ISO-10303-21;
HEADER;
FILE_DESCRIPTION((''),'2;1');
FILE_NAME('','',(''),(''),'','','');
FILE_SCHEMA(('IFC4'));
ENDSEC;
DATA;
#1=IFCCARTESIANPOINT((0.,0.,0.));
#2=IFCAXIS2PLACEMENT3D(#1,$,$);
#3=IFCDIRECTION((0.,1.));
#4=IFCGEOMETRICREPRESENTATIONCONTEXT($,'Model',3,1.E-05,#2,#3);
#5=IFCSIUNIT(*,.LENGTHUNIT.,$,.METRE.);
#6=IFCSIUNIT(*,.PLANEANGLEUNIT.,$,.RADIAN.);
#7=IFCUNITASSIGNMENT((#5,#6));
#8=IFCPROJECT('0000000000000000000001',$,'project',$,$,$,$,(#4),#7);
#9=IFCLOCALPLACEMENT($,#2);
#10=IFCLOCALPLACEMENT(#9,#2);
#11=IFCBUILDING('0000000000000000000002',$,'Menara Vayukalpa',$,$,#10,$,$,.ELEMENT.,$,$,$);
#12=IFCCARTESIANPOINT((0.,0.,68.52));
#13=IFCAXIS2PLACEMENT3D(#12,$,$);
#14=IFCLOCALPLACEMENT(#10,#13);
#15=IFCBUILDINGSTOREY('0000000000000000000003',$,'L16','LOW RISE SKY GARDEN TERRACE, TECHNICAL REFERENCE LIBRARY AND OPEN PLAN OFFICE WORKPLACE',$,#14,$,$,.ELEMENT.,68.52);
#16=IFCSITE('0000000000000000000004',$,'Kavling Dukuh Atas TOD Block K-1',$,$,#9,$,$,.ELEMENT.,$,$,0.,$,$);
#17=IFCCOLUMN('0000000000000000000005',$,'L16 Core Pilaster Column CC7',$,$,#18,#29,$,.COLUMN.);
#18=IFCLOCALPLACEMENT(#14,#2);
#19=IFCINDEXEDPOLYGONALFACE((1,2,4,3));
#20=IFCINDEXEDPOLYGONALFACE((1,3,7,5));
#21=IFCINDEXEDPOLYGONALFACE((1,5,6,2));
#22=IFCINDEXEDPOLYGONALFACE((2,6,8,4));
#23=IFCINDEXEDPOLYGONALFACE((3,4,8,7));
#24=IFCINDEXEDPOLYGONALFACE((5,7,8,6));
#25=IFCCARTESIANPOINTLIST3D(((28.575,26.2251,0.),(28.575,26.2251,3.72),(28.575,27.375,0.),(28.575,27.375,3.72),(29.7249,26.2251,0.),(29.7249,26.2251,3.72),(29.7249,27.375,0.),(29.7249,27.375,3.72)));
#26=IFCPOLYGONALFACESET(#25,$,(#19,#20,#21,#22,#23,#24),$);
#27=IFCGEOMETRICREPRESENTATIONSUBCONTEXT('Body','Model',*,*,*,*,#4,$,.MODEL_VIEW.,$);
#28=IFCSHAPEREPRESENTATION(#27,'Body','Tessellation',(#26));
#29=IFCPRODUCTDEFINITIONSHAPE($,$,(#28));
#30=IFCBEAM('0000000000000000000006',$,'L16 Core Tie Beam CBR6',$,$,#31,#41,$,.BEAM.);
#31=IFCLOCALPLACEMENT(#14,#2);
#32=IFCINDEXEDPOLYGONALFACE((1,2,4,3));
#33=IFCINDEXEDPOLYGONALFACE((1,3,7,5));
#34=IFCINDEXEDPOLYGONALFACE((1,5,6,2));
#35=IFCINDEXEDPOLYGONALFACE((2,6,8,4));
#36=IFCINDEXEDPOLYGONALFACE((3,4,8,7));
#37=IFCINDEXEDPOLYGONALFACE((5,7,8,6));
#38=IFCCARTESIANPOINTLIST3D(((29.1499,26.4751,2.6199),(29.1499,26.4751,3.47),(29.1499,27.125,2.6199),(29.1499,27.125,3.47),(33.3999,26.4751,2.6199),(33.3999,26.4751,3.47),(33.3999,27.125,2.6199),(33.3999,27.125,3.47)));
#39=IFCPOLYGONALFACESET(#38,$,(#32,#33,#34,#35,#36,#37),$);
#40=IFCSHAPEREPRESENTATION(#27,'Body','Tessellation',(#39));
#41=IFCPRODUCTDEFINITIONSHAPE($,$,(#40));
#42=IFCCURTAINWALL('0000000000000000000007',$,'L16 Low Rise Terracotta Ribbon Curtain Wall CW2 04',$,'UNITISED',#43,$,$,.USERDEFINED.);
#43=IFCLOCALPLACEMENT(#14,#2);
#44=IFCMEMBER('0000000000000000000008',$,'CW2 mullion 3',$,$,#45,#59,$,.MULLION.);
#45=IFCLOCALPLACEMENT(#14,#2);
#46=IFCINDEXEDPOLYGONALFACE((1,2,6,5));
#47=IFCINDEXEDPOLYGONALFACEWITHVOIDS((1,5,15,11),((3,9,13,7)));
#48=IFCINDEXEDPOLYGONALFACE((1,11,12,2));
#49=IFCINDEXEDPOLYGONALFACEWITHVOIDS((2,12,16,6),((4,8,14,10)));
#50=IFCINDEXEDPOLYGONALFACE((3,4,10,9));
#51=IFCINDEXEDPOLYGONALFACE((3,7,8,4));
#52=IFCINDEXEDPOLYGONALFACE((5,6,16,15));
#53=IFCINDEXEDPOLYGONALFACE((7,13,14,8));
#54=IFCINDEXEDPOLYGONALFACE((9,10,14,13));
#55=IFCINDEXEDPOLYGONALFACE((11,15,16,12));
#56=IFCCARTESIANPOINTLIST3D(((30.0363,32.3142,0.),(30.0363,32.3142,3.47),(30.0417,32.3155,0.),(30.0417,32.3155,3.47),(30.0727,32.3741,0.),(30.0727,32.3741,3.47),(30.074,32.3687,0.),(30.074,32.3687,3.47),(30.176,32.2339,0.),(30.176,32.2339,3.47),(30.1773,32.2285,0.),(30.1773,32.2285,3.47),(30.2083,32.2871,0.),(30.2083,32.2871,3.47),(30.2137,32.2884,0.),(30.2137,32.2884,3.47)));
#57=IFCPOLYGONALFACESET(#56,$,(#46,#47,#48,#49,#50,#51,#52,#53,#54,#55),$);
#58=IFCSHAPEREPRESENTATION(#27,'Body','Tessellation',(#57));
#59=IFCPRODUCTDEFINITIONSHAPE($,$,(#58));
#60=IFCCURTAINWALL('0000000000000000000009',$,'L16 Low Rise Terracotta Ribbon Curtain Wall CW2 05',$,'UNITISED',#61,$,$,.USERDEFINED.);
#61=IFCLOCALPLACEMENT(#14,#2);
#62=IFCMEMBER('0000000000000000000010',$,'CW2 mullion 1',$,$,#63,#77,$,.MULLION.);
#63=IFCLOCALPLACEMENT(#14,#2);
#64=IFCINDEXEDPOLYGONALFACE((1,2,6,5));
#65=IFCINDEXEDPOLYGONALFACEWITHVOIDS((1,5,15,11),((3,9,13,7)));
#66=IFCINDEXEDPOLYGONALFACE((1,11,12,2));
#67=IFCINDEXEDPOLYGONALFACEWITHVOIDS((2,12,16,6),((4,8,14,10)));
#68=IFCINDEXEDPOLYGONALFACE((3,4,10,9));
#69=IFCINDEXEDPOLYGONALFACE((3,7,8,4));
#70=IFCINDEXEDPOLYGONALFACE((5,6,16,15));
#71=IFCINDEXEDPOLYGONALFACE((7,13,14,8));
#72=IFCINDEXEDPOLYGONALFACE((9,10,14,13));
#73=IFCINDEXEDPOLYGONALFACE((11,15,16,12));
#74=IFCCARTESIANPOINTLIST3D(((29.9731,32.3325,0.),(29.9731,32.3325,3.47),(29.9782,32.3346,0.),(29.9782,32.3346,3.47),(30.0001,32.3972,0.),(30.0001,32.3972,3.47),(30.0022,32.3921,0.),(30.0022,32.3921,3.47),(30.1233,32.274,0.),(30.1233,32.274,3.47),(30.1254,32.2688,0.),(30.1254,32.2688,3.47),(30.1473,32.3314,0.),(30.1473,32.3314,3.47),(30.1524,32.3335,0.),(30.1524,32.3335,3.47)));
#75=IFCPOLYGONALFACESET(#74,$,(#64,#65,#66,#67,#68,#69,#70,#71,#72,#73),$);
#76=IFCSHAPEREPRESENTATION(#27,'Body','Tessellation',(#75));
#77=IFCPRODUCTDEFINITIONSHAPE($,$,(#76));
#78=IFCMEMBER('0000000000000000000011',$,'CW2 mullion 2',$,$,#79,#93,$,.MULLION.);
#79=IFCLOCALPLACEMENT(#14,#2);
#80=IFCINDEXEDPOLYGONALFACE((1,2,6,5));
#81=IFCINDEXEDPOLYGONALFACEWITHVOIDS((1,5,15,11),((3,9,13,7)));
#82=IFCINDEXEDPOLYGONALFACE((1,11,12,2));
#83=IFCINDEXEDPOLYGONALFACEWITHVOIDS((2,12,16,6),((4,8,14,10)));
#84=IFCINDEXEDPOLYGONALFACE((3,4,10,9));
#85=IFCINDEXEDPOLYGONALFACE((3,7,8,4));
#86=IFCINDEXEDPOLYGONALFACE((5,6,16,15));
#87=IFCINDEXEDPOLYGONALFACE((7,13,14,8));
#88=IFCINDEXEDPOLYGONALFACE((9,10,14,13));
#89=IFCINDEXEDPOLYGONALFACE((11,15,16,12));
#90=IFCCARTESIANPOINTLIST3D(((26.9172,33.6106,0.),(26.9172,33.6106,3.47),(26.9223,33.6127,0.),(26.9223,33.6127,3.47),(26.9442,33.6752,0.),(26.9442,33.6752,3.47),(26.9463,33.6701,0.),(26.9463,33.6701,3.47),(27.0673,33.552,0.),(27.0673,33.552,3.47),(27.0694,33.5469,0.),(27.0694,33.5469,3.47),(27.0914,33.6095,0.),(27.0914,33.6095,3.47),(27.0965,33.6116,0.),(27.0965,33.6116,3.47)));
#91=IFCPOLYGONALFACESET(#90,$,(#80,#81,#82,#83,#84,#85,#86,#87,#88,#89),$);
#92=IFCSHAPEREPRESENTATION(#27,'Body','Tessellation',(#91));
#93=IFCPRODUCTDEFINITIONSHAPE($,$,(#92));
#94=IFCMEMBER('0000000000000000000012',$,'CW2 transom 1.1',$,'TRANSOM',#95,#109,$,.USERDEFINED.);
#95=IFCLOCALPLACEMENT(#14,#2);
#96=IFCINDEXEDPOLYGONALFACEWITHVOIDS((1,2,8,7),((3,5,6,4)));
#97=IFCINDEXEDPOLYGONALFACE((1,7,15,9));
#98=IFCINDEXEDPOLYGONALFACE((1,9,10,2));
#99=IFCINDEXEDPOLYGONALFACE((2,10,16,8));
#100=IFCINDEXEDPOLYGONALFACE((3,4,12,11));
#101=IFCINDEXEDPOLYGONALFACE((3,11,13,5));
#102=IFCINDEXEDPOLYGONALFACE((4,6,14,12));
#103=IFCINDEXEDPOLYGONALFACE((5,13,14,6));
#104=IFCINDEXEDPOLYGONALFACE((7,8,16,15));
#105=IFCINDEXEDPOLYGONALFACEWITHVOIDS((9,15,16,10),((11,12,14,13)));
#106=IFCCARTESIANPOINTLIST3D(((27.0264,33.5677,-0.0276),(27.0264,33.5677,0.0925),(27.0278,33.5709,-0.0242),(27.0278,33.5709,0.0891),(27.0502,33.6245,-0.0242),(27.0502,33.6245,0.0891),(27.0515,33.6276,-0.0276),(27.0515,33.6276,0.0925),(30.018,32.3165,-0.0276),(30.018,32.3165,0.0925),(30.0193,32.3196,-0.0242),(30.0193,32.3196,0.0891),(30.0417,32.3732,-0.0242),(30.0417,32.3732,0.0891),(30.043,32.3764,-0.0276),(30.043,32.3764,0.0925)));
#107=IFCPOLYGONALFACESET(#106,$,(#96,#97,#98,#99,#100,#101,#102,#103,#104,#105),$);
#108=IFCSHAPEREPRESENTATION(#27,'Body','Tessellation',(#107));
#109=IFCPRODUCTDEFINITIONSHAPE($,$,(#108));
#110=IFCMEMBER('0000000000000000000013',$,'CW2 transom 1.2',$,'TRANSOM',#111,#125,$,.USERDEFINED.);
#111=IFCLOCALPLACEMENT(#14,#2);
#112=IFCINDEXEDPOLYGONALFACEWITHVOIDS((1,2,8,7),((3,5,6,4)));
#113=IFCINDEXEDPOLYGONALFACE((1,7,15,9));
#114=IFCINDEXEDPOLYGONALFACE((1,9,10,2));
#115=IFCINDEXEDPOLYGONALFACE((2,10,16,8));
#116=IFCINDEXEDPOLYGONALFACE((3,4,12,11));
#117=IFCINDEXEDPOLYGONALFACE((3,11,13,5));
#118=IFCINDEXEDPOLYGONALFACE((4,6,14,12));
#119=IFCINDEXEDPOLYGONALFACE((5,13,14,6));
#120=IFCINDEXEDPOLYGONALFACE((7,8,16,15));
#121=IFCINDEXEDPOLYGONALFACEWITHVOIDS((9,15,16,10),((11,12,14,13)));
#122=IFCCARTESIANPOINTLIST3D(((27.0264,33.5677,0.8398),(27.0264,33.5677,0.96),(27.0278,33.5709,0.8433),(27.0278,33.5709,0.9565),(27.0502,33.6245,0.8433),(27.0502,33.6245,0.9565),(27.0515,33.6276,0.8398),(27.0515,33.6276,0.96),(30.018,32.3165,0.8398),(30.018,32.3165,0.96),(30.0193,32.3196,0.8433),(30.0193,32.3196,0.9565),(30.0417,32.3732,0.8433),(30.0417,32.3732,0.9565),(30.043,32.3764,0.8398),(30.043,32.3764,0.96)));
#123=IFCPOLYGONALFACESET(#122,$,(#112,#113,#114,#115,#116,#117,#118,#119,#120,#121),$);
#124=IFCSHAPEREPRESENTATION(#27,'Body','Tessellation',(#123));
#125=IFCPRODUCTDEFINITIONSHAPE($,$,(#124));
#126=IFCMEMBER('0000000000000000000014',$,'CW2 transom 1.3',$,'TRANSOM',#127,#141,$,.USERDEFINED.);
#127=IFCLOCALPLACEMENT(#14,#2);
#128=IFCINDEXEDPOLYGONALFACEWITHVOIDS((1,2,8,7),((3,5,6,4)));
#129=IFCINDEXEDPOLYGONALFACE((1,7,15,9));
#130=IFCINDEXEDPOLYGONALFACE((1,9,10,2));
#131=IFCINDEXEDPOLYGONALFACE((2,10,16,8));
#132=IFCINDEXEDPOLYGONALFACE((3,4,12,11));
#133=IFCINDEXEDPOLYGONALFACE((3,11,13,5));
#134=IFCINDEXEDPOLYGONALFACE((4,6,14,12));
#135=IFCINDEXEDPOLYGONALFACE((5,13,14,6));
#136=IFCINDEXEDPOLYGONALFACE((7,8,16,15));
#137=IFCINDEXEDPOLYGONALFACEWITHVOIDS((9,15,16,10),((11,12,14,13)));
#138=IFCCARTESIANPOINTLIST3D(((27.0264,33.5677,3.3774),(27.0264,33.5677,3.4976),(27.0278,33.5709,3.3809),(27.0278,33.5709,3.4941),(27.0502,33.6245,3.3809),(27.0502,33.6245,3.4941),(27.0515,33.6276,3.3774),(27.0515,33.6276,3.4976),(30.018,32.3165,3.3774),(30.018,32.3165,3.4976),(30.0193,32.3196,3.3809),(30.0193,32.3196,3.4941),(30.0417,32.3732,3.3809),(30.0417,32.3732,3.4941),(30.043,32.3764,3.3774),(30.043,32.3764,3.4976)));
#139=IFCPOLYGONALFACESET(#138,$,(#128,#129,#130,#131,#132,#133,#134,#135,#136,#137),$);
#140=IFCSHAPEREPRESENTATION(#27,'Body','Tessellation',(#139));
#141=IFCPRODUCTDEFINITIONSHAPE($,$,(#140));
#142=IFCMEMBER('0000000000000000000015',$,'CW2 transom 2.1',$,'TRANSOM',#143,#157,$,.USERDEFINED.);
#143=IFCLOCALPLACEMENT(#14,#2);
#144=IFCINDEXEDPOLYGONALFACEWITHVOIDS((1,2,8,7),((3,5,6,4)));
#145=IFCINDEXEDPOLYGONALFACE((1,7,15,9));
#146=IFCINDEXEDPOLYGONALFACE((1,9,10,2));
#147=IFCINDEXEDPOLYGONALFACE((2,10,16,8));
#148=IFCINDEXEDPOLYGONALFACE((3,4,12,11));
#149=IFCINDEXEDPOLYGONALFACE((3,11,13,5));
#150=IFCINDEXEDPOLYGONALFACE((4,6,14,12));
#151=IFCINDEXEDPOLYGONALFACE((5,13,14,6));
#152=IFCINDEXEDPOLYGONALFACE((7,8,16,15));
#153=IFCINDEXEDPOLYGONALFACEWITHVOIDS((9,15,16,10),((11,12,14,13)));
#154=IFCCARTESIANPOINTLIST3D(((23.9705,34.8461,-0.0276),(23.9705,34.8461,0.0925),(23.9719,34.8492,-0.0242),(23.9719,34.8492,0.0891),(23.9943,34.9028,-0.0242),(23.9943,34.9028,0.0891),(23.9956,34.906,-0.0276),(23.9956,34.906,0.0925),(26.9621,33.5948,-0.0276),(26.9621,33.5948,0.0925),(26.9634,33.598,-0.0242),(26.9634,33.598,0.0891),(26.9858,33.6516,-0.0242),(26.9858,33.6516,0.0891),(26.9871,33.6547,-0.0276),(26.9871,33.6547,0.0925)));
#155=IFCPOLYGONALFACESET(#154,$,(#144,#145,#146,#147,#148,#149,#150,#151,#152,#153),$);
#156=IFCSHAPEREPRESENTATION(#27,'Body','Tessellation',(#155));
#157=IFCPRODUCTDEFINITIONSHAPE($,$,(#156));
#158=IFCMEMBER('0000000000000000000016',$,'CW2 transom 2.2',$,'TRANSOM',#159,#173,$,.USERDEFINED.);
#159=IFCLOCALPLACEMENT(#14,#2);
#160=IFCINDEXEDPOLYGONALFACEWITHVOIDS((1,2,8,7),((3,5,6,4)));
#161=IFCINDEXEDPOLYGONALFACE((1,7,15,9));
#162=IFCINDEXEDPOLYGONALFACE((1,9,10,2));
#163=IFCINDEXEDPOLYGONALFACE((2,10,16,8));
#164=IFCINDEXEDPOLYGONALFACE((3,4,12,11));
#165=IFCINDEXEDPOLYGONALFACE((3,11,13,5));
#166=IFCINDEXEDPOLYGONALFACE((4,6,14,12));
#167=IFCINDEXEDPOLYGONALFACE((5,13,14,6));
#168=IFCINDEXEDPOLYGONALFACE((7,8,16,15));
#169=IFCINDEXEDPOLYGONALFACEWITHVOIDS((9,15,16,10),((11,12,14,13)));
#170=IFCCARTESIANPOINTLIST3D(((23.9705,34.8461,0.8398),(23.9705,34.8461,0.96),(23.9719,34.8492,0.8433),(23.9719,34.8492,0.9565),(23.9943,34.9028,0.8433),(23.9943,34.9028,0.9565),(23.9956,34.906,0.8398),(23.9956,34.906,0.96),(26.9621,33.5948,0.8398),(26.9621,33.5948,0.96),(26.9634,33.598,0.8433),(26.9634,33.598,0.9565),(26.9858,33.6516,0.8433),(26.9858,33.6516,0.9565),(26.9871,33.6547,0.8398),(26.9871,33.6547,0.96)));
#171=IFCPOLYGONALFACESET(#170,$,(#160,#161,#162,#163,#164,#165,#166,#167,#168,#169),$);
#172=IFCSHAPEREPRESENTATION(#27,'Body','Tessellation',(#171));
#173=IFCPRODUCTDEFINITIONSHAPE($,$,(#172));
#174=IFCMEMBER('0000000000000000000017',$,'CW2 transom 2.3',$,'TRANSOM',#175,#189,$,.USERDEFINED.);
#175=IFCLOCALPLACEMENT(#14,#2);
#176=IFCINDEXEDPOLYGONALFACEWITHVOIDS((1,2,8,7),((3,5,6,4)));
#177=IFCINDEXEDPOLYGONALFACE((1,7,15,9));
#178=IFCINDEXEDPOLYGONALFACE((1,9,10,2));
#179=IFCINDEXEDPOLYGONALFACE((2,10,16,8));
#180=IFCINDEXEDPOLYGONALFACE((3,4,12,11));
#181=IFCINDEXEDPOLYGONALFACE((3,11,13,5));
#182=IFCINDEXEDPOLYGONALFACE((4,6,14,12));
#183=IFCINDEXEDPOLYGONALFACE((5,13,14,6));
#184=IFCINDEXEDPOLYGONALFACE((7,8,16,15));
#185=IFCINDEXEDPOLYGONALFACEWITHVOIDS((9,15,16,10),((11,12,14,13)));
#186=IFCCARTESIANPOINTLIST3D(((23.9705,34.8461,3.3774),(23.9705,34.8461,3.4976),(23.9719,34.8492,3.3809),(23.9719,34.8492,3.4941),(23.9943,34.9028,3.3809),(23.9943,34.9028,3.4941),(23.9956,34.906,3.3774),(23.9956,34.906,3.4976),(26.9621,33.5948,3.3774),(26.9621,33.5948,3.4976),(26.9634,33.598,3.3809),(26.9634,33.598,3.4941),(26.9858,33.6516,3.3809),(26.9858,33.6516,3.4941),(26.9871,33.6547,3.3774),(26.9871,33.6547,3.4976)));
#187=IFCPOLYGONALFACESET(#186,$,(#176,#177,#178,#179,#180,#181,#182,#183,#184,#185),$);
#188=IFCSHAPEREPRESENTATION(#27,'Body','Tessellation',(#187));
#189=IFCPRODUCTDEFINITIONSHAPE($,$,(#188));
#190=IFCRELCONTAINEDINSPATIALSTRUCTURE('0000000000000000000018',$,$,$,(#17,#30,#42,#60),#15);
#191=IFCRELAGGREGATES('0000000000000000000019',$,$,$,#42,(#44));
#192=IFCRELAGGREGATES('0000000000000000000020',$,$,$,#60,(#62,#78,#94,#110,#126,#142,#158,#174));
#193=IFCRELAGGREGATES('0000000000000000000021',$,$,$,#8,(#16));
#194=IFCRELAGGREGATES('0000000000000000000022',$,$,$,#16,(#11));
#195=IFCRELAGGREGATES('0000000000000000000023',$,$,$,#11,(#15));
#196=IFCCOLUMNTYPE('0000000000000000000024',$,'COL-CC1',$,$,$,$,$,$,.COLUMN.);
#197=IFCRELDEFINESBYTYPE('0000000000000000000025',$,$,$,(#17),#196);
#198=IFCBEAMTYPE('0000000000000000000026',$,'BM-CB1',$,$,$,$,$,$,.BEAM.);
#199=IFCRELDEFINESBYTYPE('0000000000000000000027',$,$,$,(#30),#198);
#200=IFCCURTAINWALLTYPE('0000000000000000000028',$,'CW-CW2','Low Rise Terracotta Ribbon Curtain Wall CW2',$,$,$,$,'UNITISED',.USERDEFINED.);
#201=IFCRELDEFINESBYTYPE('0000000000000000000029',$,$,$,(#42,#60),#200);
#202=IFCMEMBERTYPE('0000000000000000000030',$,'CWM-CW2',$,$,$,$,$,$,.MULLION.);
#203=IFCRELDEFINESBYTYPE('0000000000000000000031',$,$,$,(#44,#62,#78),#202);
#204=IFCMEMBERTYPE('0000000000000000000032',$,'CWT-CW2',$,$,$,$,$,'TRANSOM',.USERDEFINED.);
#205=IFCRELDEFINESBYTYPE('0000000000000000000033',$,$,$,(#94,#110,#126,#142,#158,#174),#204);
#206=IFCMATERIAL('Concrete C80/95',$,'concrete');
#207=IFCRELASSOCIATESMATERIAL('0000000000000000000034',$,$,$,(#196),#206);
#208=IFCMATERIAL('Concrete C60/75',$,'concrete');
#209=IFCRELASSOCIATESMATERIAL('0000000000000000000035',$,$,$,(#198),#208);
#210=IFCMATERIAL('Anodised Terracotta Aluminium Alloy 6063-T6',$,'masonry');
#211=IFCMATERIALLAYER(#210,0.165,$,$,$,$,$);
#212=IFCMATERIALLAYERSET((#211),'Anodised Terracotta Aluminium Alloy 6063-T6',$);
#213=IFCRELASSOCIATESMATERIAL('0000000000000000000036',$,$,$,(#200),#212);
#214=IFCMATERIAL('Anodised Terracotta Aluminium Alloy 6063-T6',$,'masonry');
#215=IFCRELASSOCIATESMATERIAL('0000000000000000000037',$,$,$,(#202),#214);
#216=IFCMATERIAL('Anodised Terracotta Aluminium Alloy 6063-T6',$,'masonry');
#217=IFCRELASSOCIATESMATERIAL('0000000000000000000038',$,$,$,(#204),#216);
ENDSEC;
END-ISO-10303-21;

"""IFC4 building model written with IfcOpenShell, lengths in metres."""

from ifc_helpers import new_model, si_unit, direction, frame, origin, origin_2d, place, context, subcontext, project, spatial, rectangle, hollow_rectangle, extrude, material, layer, layer_set, material_profile, profile_set, type_object, element, aggregate, save


model = new_model("IFC4")

# Units and contexts
model_context = context("Model", 3, precision=1e-05, world=origin(), true_north=direction((0.0, 1.0)))
body_context = subcontext(model_context, "Body", "Model", "MODEL_VIEW")
ifc_project = project(units=[si_unit("LENGTHUNIT", "METRE"), si_unit("PLANEANGLEUNIT", "RADIAN")], contexts=[model_context])

# Site, building, storey
site_placement = place(None, origin())
site = spatial("IfcSite", under=ifc_project, at=site_placement, Name="Kavling Dukuh Atas TOD Block K-1", CompositionType="ELEMENT", RefElevation=0.0)
building_placement = place(site_placement, origin())
building = spatial("IfcBuilding", under=site, at=building_placement, Name="Menara Vayukalpa", CompositionType="ELEMENT")
storey_placement = place(building_placement, frame((0.0, 0.0, 68.52)))
storey = spatial("IfcBuildingStorey", under=building, at=storey_placement, Name="L16", Description="LOW RISE SKY GARDEN TERRACE, TECHNICAL REFERENCE LIBRARY AND OPEN PLAN OFFICE WORKPLACE", CompositionType="ELEMENT", Elevation=68.52)

# Column
ifc_material_1 = material(Name="Concrete C80/95", Category="concrete")
ifc_material_profile_1 = material_profile(ifc_material_1, rectangle(XDim=1.1499, YDim=1.1499, at=origin_2d()), Name="RC 1150x1150")
ifc_profile_set_1 = profile_set([ifc_material_profile_1], Name="Concrete C80/95")
column_type = type_object("IfcColumnType", Name="COL-CC1", PredefinedType="COLUMN", material=ifc_profile_set_1)
column_placement = place(storey_placement, frame((29.1499, 26.8, 0.0), z_axis=(0.0, 0.0, 1.0), x_axis=(1.0, 0.0, 0.0)))
element("IfcColumn", 1, at=column_placement, inside=storey, type_object=column_type, Name="L16 Core Pilaster Column CC7", PredefinedType="COLUMN", context=body_context, shape_type="SweptSolid", body=[
    extrude(rectangle(XDim=1.1499, YDim=1.1499, at=origin_2d()), origin(), (0.0, 0.0, 1.0), 3.72),
])

# Beam
ifc_material_2 = material(Name="Concrete C60/75", Category="concrete")
ifc_material_profile_2 = material_profile(ifc_material_2, rectangle(XDim=0.6499, YDim=0.8501, at=origin_2d()), Name="RC 650x850")
ifc_profile_set_2 = profile_set([ifc_material_profile_2], Name="Concrete C60/75")
beam_type = type_object("IfcBeamType", Name="BM-CB1", PredefinedType="BEAM", material=ifc_profile_set_2)
beam_placement = place(storey_placement, frame((29.1499, 26.8, 3.0449), z_axis=(1.0, 0.0, 0.0), x_axis=(0.0, 1.0, 0.0)))
element("IfcBeam", 2, at=beam_placement, inside=storey, type_object=beam_type, Name="L16 Core Tie Beam CBR6", PredefinedType="BEAM", context=body_context, shape_type="SweptSolid", body=[
    extrude(rectangle(XDim=0.6499, YDim=0.8501, at=origin_2d()), origin(), (0.0, 0.0, 1.0), 4.25),
])

# Curtain wall, member
ifc_material_3 = material(Name="Anodised Terracotta Aluminium Alloy 6063-T6", Category="masonry")
ifc_layer_1 = layer(ifc_material_3, 0.165)
ifc_layer_set_1 = layer_set([ifc_layer_1], Name="Anodised Terracotta Aluminium Alloy 6063-T6")
curtain_wall_type = type_object("IfcCurtainWallType", Name="CW-CW2", Description="Low Rise Terracotta Ribbon Curtain Wall CW2", ElementType="UNITISED", PredefinedType="USERDEFINED", material=ifc_layer_set_1)
curtain_wall_1_placement = place(storey_placement, origin())
curtain_wall_1 = element("IfcCurtainWall", 3, at=curtain_wall_1_placement, inside=storey, type_object=curtain_wall_type, Name="L16 Low Rise Terracotta Ribbon Curtain Wall CW2 04", ObjectType="UNITISED", PredefinedType="USERDEFINED")
ifc_material_4 = material(Name="Anodised Terracotta Aluminium Alloy 6063-T6", Category="masonry")
ifc_material_profile_3 = material_profile(ifc_material_4, hollow_rectangle(XDim=0.0701, YDim=0.165, WallThickness=0.0039, at=origin_2d()), Name="ALU 70x165x4")
ifc_profile_set_3 = profile_set([ifc_material_profile_3], Name="Anodised Terracotta Aluminium Alloy 6063-T6")
member_type_1 = type_object("IfcMemberType", Name="CWM-CW2", PredefinedType="MULLION", material=ifc_profile_set_3)
member_1_placement = place(storey_placement, frame((30.125, 32.3013, 0.0), z_axis=(0.0, 0.0, 1.0), x_axis=(-0.519182, -0.854664, 0.0)))
member_1 = element("IfcMember", 4, at=member_1_placement, type_object=member_type_1, Name="CW2 mullion 3", PredefinedType="MULLION", context=body_context, shape_type="SweptSolid", body=[
    extrude(hollow_rectangle(XDim=0.0701, YDim=0.165, WallThickness=0.0039, at=origin_2d()), origin(), (0.0, 0.0, 1.0), 3.47),
])
aggregate(curtain_wall_1, [member_1])

# Curtain wall, members
curtain_wall_2_placement = place(storey_placement, origin())
curtain_wall_2 = element("IfcCurtainWall", 5, at=curtain_wall_2_placement, inside=storey, type_object=curtain_wall_type, Name="L16 Low Rise Terracotta Ribbon Curtain Wall CW2 05", ObjectType="UNITISED", PredefinedType="USERDEFINED")
member_2_placement = place(storey_placement, frame((30.0627, 32.333, 0.0), z_axis=(0.0, 0.0, 1.0), x_axis=(-0.385895, -0.922543, 0.0)))
member_2 = element("IfcMember", 6, at=member_2_placement, type_object=member_type_1, Name="CW2 mullion 1", PredefinedType="MULLION", context=body_context, shape_type="SweptSolid", body=[
    extrude(hollow_rectangle(XDim=0.0701, YDim=0.165, WallThickness=0.0039, at=origin_2d()), origin(), (0.0, 0.0, 1.0), 3.47),
])
member_3_placement = place(storey_placement, frame((27.0068, 33.6111, 0.0), z_axis=(0.0, 0.0, 1.0), x_axis=(-0.385895, -0.922543, 0.0)))
member_3 = element("IfcMember", 7, at=member_3_placement, type_object=member_type_1, Name="CW2 mullion 2", PredefinedType="MULLION", context=body_context, shape_type="SweptSolid", body=[
    extrude(hollow_rectangle(XDim=0.0701, YDim=0.165, WallThickness=0.0039, at=origin_2d()), origin(), (0.0, 0.0, 1.0), 3.47),
])
ifc_material_5 = material(Name="Anodised Terracotta Aluminium Alloy 6063-T6", Category="masonry")
ifc_material_profile_4 = material_profile(ifc_material_5, hollow_rectangle(XDim=0.0649, YDim=0.1201, WallThickness=0.0034, at=origin_2d()), Name="ALU 65x120x3.5")
ifc_profile_set_4 = profile_set([ifc_material_profile_4], Name="Anodised Terracotta Aluminium Alloy 6063-T6")
member_type_2 = type_object("IfcMemberType", Name="CWT-CW2", ElementType="TRANSOM", PredefinedType="USERDEFINED", material=ifc_profile_set_4)
member_4_placement = place(storey_placement, frame((30.0305, 32.3464, 0.0325), z_axis=(-0.922553, 0.385871, 0.0), x_axis=(-0.385871, -0.922553, 0.0)))
member_4 = element("IfcMember", 8, at=member_4_placement, type_object=member_type_2, Name="CW2 transom 1.1", ObjectType="TRANSOM", PredefinedType="USERDEFINED", context=body_context, shape_type="SweptSolid", body=[
    extrude(hollow_rectangle(XDim=0.0649, YDim=0.1201, WallThickness=0.0034, at=origin_2d()), origin(), (0.0, 0.0, 1.0), 3.2427),
])
member_5_placement = place(storey_placement, frame((30.0305, 32.3464, 0.8999), z_axis=(-0.922553, 0.385871, 0.0), x_axis=(-0.385871, -0.922553, 0.0)))
member_5 = element("IfcMember", 9, at=member_5_placement, type_object=member_type_2, Name="CW2 transom 1.2", ObjectType="TRANSOM", PredefinedType="USERDEFINED", context=body_context, shape_type="SweptSolid", body=[
    extrude(hollow_rectangle(XDim=0.0649, YDim=0.1201, WallThickness=0.0034, at=origin_2d()), origin(), (0.0, 0.0, 1.0), 3.2427),
])
member_6_placement = place(storey_placement, frame((30.0305, 32.3464, 3.4375), z_axis=(-0.922553, 0.385871, 0.0), x_axis=(-0.385871, -0.922553, 0.0)))
member_6 = element("IfcMember", 10, at=member_6_placement, type_object=member_type_2, Name="CW2 transom 1.3", ObjectType="TRANSOM", PredefinedType="USERDEFINED", context=body_context, shape_type="SweptSolid", body=[
    extrude(hollow_rectangle(XDim=0.0649, YDim=0.1201, WallThickness=0.0034, at=origin_2d()), origin(), (0.0, 0.0, 1.0), 3.2427),
])
member_7_placement = place(storey_placement, frame((26.9746, 33.6248, 0.0325), z_axis=(-0.922553, 0.385871, 0.0), x_axis=(-0.385871, -0.922553, 0.0)))
member_7 = element("IfcMember", 11, at=member_7_placement, type_object=member_type_2, Name="CW2 transom 2.1", ObjectType="TRANSOM", PredefinedType="USERDEFINED", context=body_context, shape_type="SweptSolid", body=[
    extrude(hollow_rectangle(XDim=0.0649, YDim=0.1201, WallThickness=0.0034, at=origin_2d()), origin(), (0.0, 0.0, 1.0), 3.2427),
])
member_8_placement = place(storey_placement, frame((26.9746, 33.6248, 0.8999), z_axis=(-0.922553, 0.385871, 0.0), x_axis=(-0.385871, -0.922553, 0.0)))
member_8 = element("IfcMember", 12, at=member_8_placement, type_object=member_type_2, Name="CW2 transom 2.2", ObjectType="TRANSOM", PredefinedType="USERDEFINED", context=body_context, shape_type="SweptSolid", body=[
    extrude(hollow_rectangle(XDim=0.0649, YDim=0.1201, WallThickness=0.0034, at=origin_2d()), origin(), (0.0, 0.0, 1.0), 3.2427),
])
member_9_placement = place(storey_placement, frame((26.9746, 33.6248, 3.4375), z_axis=(-0.922553, 0.385871, 0.0), x_axis=(-0.385871, -0.922553, 0.0)))
member_9 = element("IfcMember", 13, at=member_9_placement, type_object=member_type_2, Name="CW2 transom 2.3", ObjectType="TRANSOM", PredefinedType="USERDEFINED", context=body_context, shape_type="SweptSolid", body=[
    extrude(hollow_rectangle(XDim=0.0649, YDim=0.1201, WallThickness=0.0034, at=origin_2d()), origin(), (0.0, 0.0, 1.0), 3.2427),
])
aggregate(curtain_wall_2, [member_2, member_3, member_4, member_5, member_6, member_7, member_8, member_9])

save(model, "model.ifc")
